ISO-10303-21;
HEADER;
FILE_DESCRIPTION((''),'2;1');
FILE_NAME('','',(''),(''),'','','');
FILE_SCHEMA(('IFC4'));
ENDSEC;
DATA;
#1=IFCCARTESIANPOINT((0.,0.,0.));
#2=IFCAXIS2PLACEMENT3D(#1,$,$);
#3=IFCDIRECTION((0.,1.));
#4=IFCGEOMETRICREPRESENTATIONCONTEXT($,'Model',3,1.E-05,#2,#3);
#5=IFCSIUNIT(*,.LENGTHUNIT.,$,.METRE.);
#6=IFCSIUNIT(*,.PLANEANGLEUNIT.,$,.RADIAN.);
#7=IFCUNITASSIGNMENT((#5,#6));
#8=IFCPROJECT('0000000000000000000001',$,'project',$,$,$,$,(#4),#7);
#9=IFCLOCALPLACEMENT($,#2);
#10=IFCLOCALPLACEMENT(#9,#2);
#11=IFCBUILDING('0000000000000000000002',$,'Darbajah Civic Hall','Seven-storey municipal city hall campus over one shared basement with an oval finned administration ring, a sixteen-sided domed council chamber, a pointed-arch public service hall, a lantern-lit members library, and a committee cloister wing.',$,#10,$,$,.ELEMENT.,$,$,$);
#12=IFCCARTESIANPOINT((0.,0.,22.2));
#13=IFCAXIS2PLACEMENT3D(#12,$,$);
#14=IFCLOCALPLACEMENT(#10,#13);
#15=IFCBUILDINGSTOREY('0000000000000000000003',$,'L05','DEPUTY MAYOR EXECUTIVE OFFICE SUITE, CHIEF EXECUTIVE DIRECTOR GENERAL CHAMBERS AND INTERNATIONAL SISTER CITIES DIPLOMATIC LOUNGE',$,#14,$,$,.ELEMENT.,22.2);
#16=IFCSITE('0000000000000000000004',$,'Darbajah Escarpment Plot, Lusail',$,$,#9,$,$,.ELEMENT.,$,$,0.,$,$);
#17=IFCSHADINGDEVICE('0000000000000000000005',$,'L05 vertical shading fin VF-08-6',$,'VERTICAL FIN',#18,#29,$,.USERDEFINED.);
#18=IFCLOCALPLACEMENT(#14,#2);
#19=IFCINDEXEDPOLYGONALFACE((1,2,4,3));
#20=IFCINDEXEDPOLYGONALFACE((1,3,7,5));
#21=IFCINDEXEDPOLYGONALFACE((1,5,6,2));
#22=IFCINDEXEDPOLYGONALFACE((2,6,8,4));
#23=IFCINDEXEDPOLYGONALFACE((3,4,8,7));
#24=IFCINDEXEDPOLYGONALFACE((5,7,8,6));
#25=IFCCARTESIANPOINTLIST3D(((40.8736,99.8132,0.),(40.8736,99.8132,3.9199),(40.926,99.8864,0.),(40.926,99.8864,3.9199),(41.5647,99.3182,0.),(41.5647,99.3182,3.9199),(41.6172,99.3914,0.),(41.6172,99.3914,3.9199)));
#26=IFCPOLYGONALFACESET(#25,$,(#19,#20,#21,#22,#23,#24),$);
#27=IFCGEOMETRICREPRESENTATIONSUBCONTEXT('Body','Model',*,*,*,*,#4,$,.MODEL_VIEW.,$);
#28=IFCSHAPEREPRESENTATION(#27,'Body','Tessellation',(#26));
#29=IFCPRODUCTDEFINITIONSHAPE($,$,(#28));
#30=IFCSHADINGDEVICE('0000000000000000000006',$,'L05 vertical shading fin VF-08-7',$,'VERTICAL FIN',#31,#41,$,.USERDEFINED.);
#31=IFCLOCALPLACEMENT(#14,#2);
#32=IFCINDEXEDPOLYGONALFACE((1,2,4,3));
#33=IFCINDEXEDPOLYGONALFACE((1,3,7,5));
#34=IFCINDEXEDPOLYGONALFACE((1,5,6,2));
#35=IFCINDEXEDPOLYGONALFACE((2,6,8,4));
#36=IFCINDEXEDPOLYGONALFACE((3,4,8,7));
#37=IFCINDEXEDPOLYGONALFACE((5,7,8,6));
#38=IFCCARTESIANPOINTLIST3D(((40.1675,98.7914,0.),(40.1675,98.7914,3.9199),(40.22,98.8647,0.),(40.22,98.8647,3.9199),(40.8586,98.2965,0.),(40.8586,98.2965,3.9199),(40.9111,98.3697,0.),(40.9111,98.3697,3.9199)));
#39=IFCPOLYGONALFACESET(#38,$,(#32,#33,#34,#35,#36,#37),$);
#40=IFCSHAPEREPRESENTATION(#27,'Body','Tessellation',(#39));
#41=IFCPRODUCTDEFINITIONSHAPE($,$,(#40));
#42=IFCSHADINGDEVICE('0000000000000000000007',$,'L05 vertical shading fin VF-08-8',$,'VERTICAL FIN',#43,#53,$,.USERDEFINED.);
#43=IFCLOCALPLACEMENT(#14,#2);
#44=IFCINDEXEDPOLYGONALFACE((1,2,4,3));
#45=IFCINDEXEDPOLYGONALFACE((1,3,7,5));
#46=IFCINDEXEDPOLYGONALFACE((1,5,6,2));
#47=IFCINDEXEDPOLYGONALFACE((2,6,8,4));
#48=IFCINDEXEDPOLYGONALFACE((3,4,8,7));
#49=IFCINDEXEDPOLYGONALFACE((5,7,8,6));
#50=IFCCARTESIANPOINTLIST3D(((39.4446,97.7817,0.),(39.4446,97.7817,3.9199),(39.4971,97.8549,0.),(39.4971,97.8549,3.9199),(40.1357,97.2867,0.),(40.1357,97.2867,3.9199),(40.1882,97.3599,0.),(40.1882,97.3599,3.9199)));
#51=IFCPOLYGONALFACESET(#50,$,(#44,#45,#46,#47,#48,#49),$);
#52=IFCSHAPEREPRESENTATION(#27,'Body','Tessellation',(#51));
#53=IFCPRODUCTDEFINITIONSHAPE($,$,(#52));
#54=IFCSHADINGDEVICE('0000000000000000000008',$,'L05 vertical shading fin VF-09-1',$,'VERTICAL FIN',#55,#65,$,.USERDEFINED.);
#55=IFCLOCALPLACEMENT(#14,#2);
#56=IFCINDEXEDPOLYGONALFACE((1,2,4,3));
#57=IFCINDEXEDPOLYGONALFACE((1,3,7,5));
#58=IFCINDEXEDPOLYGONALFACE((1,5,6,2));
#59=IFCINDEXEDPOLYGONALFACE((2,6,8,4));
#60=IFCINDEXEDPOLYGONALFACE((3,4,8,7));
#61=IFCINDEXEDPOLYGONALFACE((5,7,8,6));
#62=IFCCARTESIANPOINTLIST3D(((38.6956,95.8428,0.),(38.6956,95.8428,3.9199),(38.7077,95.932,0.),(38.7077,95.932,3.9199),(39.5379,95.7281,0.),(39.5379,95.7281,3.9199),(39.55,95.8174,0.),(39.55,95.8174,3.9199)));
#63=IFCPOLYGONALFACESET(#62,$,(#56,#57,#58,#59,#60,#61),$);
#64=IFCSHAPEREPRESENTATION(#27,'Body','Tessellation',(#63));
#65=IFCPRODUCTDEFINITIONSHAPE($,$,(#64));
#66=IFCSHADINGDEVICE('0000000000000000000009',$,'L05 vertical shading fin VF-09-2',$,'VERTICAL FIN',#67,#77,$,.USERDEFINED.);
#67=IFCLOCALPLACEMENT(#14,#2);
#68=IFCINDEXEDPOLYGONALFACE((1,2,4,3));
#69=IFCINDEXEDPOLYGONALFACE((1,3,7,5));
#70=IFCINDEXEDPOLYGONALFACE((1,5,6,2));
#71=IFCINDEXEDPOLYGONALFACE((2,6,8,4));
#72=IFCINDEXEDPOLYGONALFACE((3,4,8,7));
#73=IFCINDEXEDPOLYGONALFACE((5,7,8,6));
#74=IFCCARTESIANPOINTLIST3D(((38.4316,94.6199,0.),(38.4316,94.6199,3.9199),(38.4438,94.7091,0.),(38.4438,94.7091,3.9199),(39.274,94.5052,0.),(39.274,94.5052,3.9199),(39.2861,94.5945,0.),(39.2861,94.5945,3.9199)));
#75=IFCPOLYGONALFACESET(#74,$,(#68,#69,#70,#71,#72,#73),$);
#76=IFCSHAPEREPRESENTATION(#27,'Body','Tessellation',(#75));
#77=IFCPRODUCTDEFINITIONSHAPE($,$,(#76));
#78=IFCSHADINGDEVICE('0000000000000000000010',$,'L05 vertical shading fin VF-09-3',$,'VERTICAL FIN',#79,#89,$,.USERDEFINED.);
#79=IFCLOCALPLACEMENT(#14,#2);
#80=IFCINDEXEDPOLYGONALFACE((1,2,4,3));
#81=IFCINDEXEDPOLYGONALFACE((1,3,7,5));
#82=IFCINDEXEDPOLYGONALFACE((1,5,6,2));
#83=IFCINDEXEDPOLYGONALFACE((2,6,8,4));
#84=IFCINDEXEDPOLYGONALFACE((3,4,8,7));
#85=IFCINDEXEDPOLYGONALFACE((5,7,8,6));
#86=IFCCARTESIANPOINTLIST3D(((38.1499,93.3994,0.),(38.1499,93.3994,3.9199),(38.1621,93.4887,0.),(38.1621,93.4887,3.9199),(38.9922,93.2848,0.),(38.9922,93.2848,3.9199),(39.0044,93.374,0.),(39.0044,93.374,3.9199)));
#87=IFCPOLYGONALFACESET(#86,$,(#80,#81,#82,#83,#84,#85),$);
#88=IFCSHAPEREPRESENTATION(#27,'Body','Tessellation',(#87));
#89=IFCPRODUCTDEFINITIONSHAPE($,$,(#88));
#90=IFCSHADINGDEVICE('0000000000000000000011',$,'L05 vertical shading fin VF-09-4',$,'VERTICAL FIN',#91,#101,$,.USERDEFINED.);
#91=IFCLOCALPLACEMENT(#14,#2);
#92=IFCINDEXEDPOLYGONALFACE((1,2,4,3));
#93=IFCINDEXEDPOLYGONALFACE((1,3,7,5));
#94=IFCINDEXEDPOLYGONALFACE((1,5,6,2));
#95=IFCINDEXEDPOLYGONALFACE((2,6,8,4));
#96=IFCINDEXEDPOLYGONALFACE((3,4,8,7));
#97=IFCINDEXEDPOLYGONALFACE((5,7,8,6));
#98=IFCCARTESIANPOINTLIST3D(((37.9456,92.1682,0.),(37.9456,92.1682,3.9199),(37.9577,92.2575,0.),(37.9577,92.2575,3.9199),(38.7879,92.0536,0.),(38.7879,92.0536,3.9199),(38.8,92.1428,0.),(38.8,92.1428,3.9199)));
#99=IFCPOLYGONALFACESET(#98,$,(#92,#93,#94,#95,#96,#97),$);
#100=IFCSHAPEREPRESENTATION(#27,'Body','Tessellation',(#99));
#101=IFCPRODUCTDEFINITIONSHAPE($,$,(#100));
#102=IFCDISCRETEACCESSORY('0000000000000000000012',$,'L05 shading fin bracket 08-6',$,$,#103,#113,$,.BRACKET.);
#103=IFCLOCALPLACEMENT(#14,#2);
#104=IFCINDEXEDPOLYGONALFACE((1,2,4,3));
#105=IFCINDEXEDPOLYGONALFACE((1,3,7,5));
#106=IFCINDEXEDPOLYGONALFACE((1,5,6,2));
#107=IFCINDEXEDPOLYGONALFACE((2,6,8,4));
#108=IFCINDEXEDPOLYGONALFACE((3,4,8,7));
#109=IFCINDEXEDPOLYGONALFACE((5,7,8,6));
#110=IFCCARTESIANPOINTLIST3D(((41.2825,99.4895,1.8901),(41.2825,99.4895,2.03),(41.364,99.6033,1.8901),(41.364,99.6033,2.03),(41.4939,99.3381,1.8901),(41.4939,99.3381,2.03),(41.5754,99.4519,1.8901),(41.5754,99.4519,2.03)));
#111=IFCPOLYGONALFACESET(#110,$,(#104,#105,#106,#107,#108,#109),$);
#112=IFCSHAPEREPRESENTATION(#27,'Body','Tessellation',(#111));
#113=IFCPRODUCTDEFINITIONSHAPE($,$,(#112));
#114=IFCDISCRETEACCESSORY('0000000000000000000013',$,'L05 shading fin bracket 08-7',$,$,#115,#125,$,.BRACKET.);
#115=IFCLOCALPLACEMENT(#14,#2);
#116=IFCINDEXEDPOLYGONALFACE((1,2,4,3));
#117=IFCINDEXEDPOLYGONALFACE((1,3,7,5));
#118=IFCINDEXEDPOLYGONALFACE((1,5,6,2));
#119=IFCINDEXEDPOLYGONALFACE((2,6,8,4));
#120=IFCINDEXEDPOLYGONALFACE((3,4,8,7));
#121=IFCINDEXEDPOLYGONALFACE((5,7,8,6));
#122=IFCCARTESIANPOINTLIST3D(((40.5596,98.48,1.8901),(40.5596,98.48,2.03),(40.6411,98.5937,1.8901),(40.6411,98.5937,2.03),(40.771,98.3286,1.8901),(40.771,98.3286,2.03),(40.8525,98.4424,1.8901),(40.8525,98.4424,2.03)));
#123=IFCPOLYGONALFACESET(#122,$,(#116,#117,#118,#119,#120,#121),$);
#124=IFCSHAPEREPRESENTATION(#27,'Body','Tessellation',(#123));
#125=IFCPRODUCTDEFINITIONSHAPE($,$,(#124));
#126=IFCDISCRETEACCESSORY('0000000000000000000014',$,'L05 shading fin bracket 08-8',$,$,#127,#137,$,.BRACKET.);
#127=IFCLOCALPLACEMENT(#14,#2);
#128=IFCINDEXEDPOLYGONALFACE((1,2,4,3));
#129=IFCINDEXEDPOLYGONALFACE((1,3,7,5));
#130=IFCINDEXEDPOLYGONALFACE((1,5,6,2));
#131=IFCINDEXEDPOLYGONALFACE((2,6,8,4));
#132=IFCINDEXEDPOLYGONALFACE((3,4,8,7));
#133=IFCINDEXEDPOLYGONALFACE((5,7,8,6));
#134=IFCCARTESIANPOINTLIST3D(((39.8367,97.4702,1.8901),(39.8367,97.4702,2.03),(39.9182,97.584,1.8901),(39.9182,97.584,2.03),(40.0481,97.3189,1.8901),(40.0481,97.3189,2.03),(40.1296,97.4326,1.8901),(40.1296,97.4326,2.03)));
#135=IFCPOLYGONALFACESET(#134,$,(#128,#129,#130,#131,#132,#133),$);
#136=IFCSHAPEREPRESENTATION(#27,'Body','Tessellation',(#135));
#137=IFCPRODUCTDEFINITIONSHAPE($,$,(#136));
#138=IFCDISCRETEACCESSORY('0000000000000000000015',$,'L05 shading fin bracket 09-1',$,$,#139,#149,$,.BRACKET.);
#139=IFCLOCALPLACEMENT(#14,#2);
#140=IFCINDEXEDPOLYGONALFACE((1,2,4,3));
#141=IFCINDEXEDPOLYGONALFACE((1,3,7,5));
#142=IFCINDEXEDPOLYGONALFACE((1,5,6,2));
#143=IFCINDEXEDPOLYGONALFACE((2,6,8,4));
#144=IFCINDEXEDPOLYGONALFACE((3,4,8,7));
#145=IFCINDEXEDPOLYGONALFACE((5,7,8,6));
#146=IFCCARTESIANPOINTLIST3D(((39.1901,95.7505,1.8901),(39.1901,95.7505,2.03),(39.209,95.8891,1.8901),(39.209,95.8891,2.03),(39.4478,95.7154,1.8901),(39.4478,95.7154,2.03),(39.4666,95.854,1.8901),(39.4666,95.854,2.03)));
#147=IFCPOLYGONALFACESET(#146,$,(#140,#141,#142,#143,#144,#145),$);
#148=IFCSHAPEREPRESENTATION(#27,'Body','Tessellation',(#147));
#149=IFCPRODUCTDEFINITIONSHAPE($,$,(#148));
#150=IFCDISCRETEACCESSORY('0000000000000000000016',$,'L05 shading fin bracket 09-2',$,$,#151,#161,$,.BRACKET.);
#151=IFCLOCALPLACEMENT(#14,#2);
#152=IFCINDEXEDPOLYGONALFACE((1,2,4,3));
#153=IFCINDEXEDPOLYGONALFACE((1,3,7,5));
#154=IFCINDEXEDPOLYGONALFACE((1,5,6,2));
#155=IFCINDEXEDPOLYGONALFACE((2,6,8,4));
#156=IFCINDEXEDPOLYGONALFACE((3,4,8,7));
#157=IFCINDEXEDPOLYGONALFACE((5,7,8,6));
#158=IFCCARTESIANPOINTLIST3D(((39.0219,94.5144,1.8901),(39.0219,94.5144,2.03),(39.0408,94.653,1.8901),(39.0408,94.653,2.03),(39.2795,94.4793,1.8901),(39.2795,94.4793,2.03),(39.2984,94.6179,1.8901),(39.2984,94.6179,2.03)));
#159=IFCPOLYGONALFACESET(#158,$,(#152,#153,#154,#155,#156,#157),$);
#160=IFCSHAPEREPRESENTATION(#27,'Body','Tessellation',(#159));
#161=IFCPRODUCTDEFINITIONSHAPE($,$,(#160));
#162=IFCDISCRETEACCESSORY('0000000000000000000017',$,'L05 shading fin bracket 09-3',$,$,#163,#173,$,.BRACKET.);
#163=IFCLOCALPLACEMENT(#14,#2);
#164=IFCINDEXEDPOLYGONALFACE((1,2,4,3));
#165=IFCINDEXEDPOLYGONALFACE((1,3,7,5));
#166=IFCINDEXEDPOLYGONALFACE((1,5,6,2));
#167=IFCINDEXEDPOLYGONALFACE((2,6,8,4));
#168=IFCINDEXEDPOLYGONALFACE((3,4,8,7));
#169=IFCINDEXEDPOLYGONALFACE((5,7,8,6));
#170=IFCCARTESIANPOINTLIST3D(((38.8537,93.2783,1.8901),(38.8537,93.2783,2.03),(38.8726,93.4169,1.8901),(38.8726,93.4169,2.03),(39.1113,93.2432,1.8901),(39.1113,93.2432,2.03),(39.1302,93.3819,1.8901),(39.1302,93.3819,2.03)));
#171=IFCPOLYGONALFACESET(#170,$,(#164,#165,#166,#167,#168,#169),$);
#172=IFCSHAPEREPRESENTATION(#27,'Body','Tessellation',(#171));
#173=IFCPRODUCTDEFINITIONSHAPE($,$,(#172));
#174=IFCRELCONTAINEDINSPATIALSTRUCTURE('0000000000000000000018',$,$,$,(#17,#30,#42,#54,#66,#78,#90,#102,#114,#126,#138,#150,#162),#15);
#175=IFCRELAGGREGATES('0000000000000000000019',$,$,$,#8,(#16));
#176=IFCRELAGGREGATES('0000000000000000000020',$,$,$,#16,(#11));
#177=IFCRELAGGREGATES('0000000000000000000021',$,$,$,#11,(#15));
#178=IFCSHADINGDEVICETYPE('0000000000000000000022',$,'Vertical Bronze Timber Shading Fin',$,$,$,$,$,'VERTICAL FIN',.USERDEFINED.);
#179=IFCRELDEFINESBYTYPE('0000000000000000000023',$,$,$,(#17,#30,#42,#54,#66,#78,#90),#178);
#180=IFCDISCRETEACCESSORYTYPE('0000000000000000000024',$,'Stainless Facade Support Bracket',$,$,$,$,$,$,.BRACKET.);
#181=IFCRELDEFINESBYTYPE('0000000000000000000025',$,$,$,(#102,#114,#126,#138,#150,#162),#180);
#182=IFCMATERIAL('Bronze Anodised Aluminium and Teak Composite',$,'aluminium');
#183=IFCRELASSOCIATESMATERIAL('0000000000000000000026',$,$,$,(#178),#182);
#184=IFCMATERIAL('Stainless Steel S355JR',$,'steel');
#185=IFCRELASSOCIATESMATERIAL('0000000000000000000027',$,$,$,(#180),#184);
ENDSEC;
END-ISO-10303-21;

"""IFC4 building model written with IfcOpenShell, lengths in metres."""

from ifc_helpers import new_model, si_unit, direction, frame, origin, origin_2d, place, context, subcontext, project, spatial, rectangle, extrude, material, type_object, element, save


model = new_model("IFC4")

# Units and contexts
model_context = context("Model", 3, precision=1e-05, world=origin(), true_north=direction((0.0, 1.0)))
body_context = subcontext(model_context, "Body", "Model", "MODEL_VIEW")
ifc_project = project(units=[si_unit("LENGTHUNIT", "METRE"), si_unit("PLANEANGLEUNIT", "RADIAN")], contexts=[model_context])

# Site, building, storey
site_placement = place(None, origin())
site = spatial("IfcSite", under=ifc_project, at=site_placement, Name="Darbajah Escarpment Plot, Lusail", CompositionType="ELEMENT", RefElevation=0.0)
building_placement = place(site_placement, origin())
building = spatial("IfcBuilding", under=site, at=building_placement, Name="Darbajah Civic Hall", Description="Seven-storey municipal city hall campus over one shared basement with an oval finned administration ring, a sixteen-sided domed council chamber, a pointed-arch public service hall, a lantern-lit members library, and a committee cloister wing.", CompositionType="ELEMENT")
storey_placement = place(building_placement, frame((0.0, 0.0, 22.2)))
storey = spatial("IfcBuildingStorey", under=building, at=storey_placement, Name="L05", Description="DEPUTY MAYOR EXECUTIVE OFFICE SUITE, CHIEF EXECUTIVE DIRECTOR GENERAL CHAMBERS AND INTERNATIONAL SISTER CITIES DIPLOMATIC LOUNGE", CompositionType="ELEMENT", Elevation=22.2)

# Shading devices
ifc_material_1 = material(Name="Bronze Anodised Aluminium and Teak Composite", Category="aluminium")
shading_device_type = type_object("IfcShadingDeviceType", Name="Vertical Bronze Timber Shading Fin", ElementType="VERTICAL FIN", PredefinedType="USERDEFINED", material=ifc_material_1)
for number, where, z_axis, x_axis, name in (
    (1, (41.2454, 99.6023, 0.0), (0.0, 0.0, 1.0), (-0.812999, 0.582265, 0.0), "L05 vertical shading fin VF-08-6"),
    (2, (40.5393, 98.5806, 0.0), (0.0, 0.0, 1.0), (-0.812999, 0.582265, 0.0), "L05 vertical shading fin VF-08-7"),
    (3, (39.8164, 97.5708, 0.0), (0.0, 0.0, 1.0), (-0.812999, 0.582265, 0.0), "L05 vertical shading fin VF-08-8"),
    (4, (39.1228, 95.8301, 0.0), (0.0, 0.0, 1.0), (-0.990866, 0.134851, 0.0), "L05 vertical shading fin VF-09-1"),
    (5, (38.8589, 94.6072, 0.0), (0.0, 0.0, 1.0), (-0.990866, 0.134851, 0.0), "L05 vertical shading fin VF-09-2"),
    (6, (38.5771, 93.3867, 0.0), (0.0, 0.0, 1.0), (-0.990866, 0.134851, 0.0), "L05 vertical shading fin VF-09-3"),
    (7, (38.3728, 92.1555, 0.0), (0.0, 0.0, 1.0), (-0.990866, 0.134851, 0.0), "L05 vertical shading fin VF-09-4"),
):
    element("IfcShadingDevice", number, at=place(storey_placement, frame(where, z_axis=z_axis, x_axis=x_axis)), inside=storey, type_object=shading_device_type, Name=name, ObjectType="VERTICAL FIN", PredefinedType="USERDEFINED", context=body_context, shape_type="SweptSolid", body=[
        extrude(rectangle(XDim=0.8501, YDim=0.0901, at=origin_2d()), origin(), (0.0, 0.0, 1.0), 3.9199),
    ])

# Discrete accessories
ifc_material_2 = material(Name="Stainless Steel S355JR", Category="steel")
discrete_accessory_type = type_object("IfcDiscreteAccessoryType", Name="Stainless Facade Support Bracket", PredefinedType="BRACKET", material=ifc_material_2)
for number, where, z_axis, x_axis, name in (
    (8, (41.429, 99.4707, 1.8901), (0.0, 0.0, 1.0), (-0.812999, 0.582265, 0.0), "L05 shading fin bracket 08-6"),
    (9, (40.7061, 98.4612, 1.8901), (0.0, 0.0, 1.0), (-0.812999, 0.582265, 0.0), "L05 shading fin bracket 08-7"),
    (10, (39.9832, 97.4514, 1.8901), (0.0, 0.0, 1.0), (-0.812999, 0.582265, 0.0), "L05 shading fin bracket 08-8"),
    (11, (39.3284, 95.8022, 1.8901), (0.0, 0.0, 1.0), (-0.990866, 0.134851, 0.0), "L05 shading fin bracket 09-1"),
    (12, (39.1602, 94.5662, 1.8901), (0.0, 0.0, 1.0), (-0.990866, 0.134851, 0.0), "L05 shading fin bracket 09-2"),
    (13, (38.9919, 93.3301, 1.8901), (0.0, 0.0, 1.0), (-0.990866, 0.134851, 0.0), "L05 shading fin bracket 09-3"),
):
    element("IfcDiscreteAccessory", number, at=place(storey_placement, frame(where, z_axis=z_axis, x_axis=x_axis)), inside=storey, type_object=discrete_accessory_type, Name=name, PredefinedType="BRACKET", context=body_context, shape_type="SweptSolid", body=[
        extrude(rectangle(XDim=0.26, YDim=0.1399, at=origin_2d()), origin(), (0.0, 0.0, 1.0), 0.1399),
    ])

save(model, "model.ifc")
